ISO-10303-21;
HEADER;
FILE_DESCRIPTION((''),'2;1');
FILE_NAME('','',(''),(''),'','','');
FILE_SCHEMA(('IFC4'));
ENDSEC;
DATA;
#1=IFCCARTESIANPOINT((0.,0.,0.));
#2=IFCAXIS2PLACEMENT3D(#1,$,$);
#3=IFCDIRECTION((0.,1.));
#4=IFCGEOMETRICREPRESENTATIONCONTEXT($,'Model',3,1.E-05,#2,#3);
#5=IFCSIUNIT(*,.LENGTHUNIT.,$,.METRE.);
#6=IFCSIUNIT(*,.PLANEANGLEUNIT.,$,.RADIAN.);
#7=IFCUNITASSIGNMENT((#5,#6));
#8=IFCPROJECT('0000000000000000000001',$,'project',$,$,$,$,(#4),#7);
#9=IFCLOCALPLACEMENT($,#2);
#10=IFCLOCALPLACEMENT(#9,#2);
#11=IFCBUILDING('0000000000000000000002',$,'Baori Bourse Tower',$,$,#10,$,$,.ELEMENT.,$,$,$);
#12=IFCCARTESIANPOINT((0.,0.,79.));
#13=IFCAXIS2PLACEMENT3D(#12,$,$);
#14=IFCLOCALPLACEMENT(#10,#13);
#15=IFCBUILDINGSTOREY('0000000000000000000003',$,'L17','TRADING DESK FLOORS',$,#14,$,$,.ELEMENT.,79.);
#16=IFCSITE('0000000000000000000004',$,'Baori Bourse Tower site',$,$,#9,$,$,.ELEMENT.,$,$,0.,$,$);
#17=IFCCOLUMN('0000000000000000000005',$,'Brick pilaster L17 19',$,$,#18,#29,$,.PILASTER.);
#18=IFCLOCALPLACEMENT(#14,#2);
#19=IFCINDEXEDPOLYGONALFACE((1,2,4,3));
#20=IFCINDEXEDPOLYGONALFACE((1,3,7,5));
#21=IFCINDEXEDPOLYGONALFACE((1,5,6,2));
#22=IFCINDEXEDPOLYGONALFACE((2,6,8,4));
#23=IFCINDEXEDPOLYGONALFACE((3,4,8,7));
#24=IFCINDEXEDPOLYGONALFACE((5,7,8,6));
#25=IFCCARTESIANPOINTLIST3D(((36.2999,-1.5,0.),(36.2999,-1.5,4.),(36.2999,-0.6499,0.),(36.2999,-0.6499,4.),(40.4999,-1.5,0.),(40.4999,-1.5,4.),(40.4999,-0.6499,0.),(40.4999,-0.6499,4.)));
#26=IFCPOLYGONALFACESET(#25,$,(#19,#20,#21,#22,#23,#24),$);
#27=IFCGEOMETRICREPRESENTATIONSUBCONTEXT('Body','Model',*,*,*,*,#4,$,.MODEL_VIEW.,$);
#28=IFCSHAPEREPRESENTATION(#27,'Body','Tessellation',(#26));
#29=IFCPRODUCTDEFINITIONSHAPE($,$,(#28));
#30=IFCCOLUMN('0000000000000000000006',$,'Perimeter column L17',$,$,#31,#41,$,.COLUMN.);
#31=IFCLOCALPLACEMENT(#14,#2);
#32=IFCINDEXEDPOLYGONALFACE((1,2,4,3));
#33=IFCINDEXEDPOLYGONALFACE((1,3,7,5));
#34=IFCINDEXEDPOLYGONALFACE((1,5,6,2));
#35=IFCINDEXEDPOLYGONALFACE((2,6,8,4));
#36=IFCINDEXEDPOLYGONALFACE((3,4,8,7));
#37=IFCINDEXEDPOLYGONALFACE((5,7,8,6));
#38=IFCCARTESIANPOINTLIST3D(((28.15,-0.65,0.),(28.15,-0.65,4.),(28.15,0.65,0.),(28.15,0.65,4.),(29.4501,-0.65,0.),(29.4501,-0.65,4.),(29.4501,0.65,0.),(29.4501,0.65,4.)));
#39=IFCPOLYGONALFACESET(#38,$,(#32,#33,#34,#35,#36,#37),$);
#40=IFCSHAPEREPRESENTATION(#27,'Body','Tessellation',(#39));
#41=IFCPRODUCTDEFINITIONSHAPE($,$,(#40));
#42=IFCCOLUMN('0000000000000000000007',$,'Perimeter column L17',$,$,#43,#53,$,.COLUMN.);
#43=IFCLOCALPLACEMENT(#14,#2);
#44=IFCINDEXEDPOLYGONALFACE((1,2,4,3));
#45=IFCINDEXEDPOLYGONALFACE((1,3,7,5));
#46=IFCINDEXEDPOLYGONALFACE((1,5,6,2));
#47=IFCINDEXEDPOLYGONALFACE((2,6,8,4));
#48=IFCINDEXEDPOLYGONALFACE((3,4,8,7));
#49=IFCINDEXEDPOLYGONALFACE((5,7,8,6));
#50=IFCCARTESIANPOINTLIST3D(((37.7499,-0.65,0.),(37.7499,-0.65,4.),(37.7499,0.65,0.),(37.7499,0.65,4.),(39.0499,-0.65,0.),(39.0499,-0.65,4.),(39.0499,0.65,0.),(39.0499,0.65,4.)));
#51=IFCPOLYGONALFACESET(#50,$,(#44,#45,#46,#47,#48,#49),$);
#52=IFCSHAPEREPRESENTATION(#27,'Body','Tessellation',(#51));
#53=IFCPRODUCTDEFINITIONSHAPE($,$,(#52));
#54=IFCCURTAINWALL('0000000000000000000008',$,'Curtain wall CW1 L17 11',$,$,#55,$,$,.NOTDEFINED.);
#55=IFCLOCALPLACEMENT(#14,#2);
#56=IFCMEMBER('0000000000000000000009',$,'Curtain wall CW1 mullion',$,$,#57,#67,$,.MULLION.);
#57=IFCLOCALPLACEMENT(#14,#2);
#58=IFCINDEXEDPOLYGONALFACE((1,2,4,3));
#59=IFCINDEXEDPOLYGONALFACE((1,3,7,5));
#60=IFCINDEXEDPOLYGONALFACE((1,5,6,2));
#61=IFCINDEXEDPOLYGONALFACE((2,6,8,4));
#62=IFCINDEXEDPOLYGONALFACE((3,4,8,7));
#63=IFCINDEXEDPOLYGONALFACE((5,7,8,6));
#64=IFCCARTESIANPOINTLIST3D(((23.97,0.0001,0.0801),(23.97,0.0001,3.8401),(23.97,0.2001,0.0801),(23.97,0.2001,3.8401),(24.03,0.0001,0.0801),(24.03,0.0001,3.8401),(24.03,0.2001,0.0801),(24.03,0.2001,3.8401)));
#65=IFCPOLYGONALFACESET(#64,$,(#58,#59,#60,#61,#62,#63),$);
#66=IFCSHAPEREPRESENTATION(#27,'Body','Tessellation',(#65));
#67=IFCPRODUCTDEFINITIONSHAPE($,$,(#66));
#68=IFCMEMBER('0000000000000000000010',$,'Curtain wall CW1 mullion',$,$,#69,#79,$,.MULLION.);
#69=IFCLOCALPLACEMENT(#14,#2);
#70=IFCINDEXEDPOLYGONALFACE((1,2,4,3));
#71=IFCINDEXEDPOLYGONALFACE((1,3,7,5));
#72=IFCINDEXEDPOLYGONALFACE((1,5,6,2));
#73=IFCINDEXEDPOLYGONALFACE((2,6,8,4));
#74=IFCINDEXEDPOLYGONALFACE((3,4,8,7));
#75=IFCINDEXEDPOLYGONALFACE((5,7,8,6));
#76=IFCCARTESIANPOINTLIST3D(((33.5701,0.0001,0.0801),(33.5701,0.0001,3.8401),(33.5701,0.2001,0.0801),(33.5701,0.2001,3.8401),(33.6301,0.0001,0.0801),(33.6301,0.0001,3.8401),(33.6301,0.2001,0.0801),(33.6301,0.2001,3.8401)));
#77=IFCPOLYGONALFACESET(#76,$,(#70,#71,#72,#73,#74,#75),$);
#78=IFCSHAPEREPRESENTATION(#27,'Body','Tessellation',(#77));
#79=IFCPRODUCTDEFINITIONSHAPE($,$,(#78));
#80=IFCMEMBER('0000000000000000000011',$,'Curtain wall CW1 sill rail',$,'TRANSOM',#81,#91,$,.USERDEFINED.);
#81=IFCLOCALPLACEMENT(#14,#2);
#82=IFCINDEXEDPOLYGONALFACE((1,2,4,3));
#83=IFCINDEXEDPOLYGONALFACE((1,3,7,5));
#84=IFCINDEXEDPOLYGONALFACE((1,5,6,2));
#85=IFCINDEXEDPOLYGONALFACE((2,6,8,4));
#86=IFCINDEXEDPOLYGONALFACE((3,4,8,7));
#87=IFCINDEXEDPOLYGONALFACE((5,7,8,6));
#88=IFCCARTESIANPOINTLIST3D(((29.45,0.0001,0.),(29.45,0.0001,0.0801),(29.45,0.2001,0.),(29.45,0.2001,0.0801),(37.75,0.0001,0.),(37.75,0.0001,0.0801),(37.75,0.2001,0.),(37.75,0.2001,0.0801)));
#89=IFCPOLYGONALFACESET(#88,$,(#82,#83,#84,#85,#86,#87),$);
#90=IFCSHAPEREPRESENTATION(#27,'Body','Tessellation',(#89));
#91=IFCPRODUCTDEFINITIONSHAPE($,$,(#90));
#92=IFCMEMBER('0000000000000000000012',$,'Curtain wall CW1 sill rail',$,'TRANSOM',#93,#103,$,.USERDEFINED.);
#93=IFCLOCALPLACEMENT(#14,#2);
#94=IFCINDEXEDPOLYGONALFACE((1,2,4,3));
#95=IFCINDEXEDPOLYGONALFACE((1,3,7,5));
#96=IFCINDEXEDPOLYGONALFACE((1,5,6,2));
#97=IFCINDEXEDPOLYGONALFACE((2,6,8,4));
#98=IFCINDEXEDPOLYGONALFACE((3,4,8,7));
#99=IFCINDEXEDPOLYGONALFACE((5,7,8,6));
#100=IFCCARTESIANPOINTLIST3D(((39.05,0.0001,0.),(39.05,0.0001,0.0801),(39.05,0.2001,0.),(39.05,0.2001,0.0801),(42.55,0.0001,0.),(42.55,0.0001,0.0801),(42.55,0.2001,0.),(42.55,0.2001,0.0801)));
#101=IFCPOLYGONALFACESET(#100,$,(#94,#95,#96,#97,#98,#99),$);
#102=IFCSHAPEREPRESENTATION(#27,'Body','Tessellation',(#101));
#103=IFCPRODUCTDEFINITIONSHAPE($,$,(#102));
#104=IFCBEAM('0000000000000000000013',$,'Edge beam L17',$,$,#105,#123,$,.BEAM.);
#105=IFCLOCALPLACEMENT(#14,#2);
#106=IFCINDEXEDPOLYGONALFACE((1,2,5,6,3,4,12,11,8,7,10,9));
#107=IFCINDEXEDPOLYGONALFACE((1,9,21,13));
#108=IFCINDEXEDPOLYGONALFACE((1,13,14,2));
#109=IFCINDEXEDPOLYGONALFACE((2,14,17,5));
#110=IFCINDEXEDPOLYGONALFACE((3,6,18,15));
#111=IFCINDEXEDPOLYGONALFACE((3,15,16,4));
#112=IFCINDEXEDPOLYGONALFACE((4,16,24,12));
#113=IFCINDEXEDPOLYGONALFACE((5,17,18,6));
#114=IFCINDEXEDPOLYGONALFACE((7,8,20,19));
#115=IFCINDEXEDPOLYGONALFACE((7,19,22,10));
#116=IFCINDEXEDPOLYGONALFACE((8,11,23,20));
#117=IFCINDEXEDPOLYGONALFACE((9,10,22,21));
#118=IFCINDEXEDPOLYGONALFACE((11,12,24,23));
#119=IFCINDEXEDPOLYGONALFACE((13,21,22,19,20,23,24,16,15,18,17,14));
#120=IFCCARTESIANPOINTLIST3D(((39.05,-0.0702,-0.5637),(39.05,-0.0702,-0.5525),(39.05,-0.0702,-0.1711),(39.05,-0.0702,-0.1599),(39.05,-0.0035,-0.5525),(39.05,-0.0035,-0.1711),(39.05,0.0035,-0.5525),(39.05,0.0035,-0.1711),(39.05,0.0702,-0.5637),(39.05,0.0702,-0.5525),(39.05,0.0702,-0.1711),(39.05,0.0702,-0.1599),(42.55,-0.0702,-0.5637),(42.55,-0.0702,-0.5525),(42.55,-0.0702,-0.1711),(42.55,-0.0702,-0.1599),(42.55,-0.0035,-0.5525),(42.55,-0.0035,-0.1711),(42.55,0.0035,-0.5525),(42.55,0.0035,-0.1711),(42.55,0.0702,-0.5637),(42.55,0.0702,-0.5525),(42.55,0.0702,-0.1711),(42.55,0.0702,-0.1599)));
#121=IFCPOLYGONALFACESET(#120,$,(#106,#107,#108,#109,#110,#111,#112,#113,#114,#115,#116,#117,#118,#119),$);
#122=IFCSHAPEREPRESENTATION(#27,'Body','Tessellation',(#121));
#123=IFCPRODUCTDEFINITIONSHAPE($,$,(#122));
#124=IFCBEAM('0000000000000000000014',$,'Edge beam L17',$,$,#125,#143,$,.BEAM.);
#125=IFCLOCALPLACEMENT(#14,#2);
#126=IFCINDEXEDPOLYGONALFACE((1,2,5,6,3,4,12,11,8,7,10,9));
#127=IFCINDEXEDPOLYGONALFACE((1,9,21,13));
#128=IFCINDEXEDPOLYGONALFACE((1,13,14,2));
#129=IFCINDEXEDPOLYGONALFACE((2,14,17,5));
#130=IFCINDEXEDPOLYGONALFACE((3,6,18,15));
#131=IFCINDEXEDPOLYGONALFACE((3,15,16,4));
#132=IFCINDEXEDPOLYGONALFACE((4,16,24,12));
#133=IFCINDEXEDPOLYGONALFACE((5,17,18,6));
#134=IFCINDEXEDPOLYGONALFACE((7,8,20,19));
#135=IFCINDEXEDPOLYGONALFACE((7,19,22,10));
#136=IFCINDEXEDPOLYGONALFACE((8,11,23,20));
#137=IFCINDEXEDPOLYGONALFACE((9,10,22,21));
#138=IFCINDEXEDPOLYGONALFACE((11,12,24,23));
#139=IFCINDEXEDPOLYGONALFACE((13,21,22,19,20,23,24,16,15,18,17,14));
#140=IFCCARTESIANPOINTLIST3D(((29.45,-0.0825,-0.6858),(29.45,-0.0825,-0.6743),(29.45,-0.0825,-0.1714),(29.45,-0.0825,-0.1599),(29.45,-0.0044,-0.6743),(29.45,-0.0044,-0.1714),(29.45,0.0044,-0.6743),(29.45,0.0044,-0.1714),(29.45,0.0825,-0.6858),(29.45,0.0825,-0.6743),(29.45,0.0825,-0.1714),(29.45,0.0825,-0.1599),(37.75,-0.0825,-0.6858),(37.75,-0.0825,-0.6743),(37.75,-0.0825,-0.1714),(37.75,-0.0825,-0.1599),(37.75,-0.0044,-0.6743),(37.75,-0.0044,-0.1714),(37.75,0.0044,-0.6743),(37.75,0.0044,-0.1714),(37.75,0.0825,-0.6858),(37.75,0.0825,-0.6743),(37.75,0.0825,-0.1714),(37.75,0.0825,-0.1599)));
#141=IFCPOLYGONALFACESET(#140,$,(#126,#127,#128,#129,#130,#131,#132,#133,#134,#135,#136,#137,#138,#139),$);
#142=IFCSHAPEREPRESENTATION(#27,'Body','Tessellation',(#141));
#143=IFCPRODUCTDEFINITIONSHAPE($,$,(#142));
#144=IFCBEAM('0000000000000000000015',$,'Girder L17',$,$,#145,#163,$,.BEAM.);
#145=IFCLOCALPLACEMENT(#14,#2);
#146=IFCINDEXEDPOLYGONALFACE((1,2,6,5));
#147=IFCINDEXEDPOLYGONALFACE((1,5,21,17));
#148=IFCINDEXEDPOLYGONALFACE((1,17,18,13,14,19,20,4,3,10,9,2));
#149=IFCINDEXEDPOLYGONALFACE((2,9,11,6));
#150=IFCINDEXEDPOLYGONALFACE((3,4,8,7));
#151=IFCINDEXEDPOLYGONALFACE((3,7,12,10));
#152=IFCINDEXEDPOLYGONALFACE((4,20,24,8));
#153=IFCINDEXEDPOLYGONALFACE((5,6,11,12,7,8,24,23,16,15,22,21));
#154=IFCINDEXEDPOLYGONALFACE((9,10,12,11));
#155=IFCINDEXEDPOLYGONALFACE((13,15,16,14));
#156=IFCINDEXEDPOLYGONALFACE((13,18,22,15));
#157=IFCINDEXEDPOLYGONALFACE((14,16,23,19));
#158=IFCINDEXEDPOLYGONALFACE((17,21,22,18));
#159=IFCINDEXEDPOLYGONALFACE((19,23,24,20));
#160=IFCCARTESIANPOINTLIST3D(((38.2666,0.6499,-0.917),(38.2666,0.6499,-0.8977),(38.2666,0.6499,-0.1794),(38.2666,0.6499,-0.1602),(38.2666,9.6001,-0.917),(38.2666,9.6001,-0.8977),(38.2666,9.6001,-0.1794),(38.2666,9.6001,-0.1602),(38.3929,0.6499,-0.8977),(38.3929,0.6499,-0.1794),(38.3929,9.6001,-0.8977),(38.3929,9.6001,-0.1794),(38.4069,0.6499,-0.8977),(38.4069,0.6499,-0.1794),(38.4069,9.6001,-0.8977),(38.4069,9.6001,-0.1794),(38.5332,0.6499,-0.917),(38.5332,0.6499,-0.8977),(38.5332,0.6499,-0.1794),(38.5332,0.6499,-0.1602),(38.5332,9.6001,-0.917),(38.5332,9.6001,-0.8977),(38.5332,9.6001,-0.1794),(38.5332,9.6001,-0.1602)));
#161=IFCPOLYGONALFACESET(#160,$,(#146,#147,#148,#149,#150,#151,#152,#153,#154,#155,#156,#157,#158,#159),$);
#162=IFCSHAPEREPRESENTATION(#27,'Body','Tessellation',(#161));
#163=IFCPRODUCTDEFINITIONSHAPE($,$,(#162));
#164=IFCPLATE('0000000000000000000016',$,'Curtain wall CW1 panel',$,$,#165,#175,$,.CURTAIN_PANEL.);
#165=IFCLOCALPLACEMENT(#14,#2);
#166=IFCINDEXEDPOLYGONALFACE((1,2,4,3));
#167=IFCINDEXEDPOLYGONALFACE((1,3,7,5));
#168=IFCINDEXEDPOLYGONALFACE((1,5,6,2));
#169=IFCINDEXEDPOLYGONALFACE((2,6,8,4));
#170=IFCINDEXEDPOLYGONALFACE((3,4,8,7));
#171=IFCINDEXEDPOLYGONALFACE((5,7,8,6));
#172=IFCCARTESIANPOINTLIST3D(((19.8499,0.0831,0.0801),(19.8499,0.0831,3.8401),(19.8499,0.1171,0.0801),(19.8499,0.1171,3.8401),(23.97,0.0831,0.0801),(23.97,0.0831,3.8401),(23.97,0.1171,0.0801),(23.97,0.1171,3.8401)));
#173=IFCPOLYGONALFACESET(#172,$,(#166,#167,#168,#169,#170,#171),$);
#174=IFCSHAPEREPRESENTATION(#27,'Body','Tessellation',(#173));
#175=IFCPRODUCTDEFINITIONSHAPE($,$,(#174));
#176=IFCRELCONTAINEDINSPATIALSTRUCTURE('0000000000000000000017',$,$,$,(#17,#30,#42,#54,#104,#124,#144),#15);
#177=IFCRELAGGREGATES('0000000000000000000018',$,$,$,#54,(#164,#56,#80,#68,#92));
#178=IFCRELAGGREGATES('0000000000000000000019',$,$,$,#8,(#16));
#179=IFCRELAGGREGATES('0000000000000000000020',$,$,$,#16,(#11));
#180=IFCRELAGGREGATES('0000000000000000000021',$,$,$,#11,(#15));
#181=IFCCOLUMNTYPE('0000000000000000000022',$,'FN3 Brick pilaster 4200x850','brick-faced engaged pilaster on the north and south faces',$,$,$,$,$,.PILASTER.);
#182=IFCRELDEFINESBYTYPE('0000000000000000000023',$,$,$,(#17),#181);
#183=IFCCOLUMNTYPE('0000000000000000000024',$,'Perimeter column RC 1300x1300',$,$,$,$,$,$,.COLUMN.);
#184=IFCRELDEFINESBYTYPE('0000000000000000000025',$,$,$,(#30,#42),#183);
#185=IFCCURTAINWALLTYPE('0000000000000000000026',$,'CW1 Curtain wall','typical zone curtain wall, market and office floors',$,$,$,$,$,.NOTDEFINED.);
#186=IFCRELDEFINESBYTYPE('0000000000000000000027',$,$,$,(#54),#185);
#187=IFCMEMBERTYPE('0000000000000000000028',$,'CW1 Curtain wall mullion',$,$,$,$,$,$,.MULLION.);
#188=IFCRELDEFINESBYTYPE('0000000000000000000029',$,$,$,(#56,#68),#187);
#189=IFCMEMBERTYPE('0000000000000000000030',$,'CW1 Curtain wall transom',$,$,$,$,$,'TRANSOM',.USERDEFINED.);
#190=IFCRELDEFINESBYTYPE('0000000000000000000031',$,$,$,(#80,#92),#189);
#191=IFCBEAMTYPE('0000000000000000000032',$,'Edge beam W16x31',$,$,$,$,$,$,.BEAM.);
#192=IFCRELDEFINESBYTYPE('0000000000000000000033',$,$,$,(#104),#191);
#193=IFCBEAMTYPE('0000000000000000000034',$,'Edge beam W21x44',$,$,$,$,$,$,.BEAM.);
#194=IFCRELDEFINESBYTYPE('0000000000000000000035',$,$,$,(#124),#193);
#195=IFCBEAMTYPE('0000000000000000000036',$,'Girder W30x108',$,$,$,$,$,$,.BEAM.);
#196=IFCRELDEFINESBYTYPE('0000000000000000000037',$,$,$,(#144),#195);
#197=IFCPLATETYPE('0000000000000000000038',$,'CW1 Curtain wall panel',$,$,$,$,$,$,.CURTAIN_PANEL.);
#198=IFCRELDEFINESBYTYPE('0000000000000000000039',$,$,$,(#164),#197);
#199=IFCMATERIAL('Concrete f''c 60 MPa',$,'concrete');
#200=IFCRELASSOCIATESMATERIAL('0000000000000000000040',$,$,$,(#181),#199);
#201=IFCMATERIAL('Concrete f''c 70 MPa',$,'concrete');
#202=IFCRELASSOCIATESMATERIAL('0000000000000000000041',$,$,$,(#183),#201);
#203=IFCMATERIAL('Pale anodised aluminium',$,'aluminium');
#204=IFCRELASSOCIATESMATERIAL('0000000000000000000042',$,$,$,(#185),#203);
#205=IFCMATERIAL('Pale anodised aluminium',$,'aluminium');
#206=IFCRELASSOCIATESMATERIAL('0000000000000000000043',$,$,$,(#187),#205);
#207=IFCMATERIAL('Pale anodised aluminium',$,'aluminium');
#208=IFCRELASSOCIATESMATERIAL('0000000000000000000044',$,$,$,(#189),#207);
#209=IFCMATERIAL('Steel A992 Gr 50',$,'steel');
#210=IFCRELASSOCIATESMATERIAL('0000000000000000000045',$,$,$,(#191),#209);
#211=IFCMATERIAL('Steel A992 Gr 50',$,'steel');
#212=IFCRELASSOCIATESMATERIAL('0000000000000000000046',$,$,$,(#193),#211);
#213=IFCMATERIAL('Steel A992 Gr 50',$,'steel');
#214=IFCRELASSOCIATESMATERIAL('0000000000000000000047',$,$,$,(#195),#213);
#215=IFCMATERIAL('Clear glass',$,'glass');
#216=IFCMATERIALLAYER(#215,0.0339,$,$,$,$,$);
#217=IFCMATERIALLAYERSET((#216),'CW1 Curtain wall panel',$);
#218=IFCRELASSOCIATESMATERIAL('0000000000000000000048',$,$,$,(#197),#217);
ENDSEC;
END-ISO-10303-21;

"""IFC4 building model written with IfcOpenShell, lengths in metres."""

from ifc_helpers import new_model, si_unit, direction, frame, origin, origin_2d, place, context, subcontext, project, spatial, rectangle, i_section, extrude, material, layer, layer_set, material_profile, profile_set, type_object, element, aggregate, save


model = new_model("IFC4")

# Units and contexts
model_context = context("Model", 3, precision=1e-05, world=origin(), true_north=direction((0.0, 1.0)))
body_context = subcontext(model_context, "Body", "Model", "MODEL_VIEW")
ifc_project = project(units=[si_unit("LENGTHUNIT", "METRE"), si_unit("PLANEANGLEUNIT", "RADIAN")], contexts=[model_context])

# Site, building, storey
site_placement = place(None, origin())
site = spatial("IfcSite", under=ifc_project, at=site_placement, Name="Baori Bourse Tower site", CompositionType="ELEMENT", RefElevation=0.0)
building_placement = place(site_placement, origin())
building = spatial("IfcBuilding", under=site, at=building_placement, Name="Baori Bourse Tower", CompositionType="ELEMENT")
storey_placement = place(building_placement, frame((0.0, 0.0, 79.0)))
storey = spatial("IfcBuildingStorey", under=building, at=storey_placement, Name="L17", Description="TRADING DESK FLOORS", CompositionType="ELEMENT", Elevation=79.0)

# Columns
ifc_material_1 = material(Name="Concrete f'c 60 MPa", Category="concrete")
ifc_material_profile_1 = material_profile(ifc_material_1, rectangle(XDim=4.2, YDim=0.8501, at=origin_2d()), Name="RC 4200x850")
ifc_profile_set_1 = profile_set([ifc_material_profile_1], Name="Concrete f'c 60 MPa")
column_type_1 = type_object("IfcColumnType", Name="FN3 Brick pilaster 4200x850", Description="brick-faced engaged pilaster on the north and south faces", PredefinedType="PILASTER", material=ifc_profile_set_1)
column_placement = place(storey_placement, frame((38.3999, -1.075, 0.0), z_axis=(0.0, 0.0, 1.0), x_axis=(1.0, 0.0, 0.0)))
element("IfcColumn", 1, at=column_placement, inside=storey, type_object=column_type_1, Name="Brick pilaster L17 19", PredefinedType="PILASTER", context=body_context, shape_type="SweptSolid", body=[
    extrude(rectangle(XDim=4.2, YDim=0.8501, at=origin_2d()), origin(), (0.0, 0.0, 1.0), 4.0),
])
ifc_material_2 = material(Name="Concrete f'c 70 MPa", Category="concrete")
ifc_material_profile_2 = material_profile(ifc_material_2, rectangle(XDim=1.3, YDim=1.3, at=origin_2d()), Name="RC 1300x1300")
ifc_profile_set_2 = profile_set([ifc_material_profile_2], Name="Concrete f'c 70 MPa")
column_type_2 = type_object("IfcColumnType", Name="Perimeter column RC 1300x1300", PredefinedType="COLUMN", material=ifc_profile_set_2)
for number, where, z_axis, x_axis, name in (
    (2, (28.8, 0.0, 0.0), (0.0, 0.0, 1.0), (1.0, 0.0, 0.0), "Perimeter column L17"),
    (3, (38.3999, 0.0, 0.0), (0.0, 0.0, 1.0), (1.0, 0.0, 0.0), "Perimeter column L17"),
):
    element("IfcColumn", number, at=place(storey_placement, frame(where, z_axis=z_axis, x_axis=x_axis)), inside=storey, type_object=column_type_2, Name=name, PredefinedType="COLUMN", context=body_context, shape_type="SweptSolid", body=[
        extrude(rectangle(XDim=1.3, YDim=1.3, at=origin_2d()), origin(), (0.0, 0.0, 1.0), 4.0),
    ])

# Curtain wall, members
ifc_material_3 = material(Name="Pale anodised aluminium", Category="aluminium")
curtain_wall_type = type_object("IfcCurtainWallType", Name="CW1 Curtain wall", Description="typical zone curtain wall, market and office floors", PredefinedType="NOTDEFINED", material=ifc_material_3)
curtain_wall_placement = place(storey_placement, origin())
curtain_wall = element("IfcCurtainWall", 4, at=curtain_wall_placement, inside=storey, type_object=curtain_wall_type, Name="Curtain wall CW1 L17 11", PredefinedType="NOTDEFINED")
ifc_material_4 = material(Name="Pale anodised aluminium", Category="aluminium")
ifc_material_profile_3 = material_profile(ifc_material_4, rectangle(XDim=0.2, YDim=0.0601, at=origin_2d()), Name="Mullion 60x200")
ifc_profile_set_3 = profile_set([ifc_material_profile_3], Name="Pale anodised aluminium")
member_type_1 = type_object("IfcMemberType", Name="CW1 Curtain wall mullion", PredefinedType="MULLION", material=ifc_profile_set_3)
member_1_placement = place(storey_placement, frame((24.0, 0.1001, 0.0801), z_axis=(0.0, 0.0, 1.0), x_axis=(0.0, 1.0, 0.0)))
member_1 = element("IfcMember", 5, at=member_1_placement, type_object=member_type_1, Name="Curtain wall CW1 mullion", PredefinedType="MULLION", context=body_context, shape_type="SweptSolid", body=[
    extrude(rectangle(XDim=0.2, YDim=0.0601, at=origin_2d()), origin(), (0.0, 0.0, 1.0), 3.76),
])
member_2_placement = place(storey_placement, frame((33.6001, 0.1001, 0.0801), z_axis=(0.0, 0.0, 1.0), x_axis=(0.0, 1.0, 0.0)))
member_2 = element("IfcMember", 6, at=member_2_placement, type_object=member_type_1, Name="Curtain wall CW1 mullion", PredefinedType="MULLION", context=body_context, shape_type="SweptSolid", body=[
    extrude(rectangle(XDim=0.2, YDim=0.0601, at=origin_2d()), origin(), (0.0, 0.0, 1.0), 3.76),
])
ifc_material_5 = material(Name="Pale anodised aluminium", Category="aluminium")
ifc_material_profile_4 = material_profile(ifc_material_5, rectangle(XDim=0.2, YDim=0.0801, at=origin_2d()), Name="Transom 80x200")
ifc_profile_set_4 = profile_set([ifc_material_profile_4], Name="Pale anodised aluminium")
member_type_2 = type_object("IfcMemberType", Name="CW1 Curtain wall transom", ElementType="TRANSOM", PredefinedType="USERDEFINED", material=ifc_profile_set_4)
member_3_placement = place(storey_placement, frame((29.45, 0.1001, 0.04), z_axis=(1.0, 0.0, 0.0), x_axis=(0.0, 1.0, 0.0)))
member_3 = element("IfcMember", 7, at=member_3_placement, type_object=member_type_2, Name="Curtain wall CW1 sill rail", ObjectType="TRANSOM", PredefinedType="USERDEFINED", context=body_context, shape_type="SweptSolid", body=[
    extrude(rectangle(XDim=0.2, YDim=0.0801, at=origin_2d()), origin(), (0.0, 0.0, 1.0), 8.3),
])
member_4_placement = place(storey_placement, frame((39.05, 0.1001, 0.04), z_axis=(1.0, 0.0, 0.0), x_axis=(0.0, 1.0, 0.0)))
member_4 = element("IfcMember", 8, at=member_4_placement, type_object=member_type_2, Name="Curtain wall CW1 sill rail", ObjectType="TRANSOM", PredefinedType="USERDEFINED", context=body_context, shape_type="SweptSolid", body=[
    extrude(rectangle(XDim=0.2, YDim=0.0801, at=origin_2d()), origin(), (0.0, 0.0, 1.0), 3.5),
])

# Beams
ifc_material_6 = material(Name="Steel A992 Gr 50", Category="steel")
ifc_material_profile_5 = material_profile(ifc_material_6, i_section(OverallWidth=0.1404, OverallDepth=0.4038, WebThickness=0.0071, FlangeThickness=0.0112, at=origin_2d()), Name="W16x31")
ifc_profile_set_5 = profile_set([ifc_material_profile_5], Name="Steel A992 Gr 50")
beam_type_1 = type_object("IfcBeamType", Name="Edge beam W16x31", PredefinedType="BEAM", material=ifc_profile_set_5)
beam_1_placement = place(storey_placement, frame((39.05, 0.0, -0.3618), z_axis=(1.0, 0.0, 0.0), x_axis=(0.0, 1.0, 0.0)))
element("IfcBeam", 9, at=beam_1_placement, inside=storey, type_object=beam_type_1, Name="Edge beam L17", PredefinedType="BEAM", context=body_context, shape_type="SweptSolid", body=[
    extrude(i_section(OverallWidth=0.1404, OverallDepth=0.4038, WebThickness=0.0071, FlangeThickness=0.0112, at=origin_2d()), origin(), (0.0, 0.0, 1.0), 3.5),
])
ifc_material_7 = material(Name="Steel A992 Gr 50", Category="steel")
ifc_material_profile_6 = material_profile(ifc_material_7, i_section(OverallWidth=0.165, OverallDepth=0.5259, WebThickness=0.0088, FlangeThickness=0.0115, at=origin_2d()), Name="W21x44")
ifc_profile_set_6 = profile_set([ifc_material_profile_6], Name="Steel A992 Gr 50")
beam_type_2 = type_object("IfcBeamType", Name="Edge beam W21x44", PredefinedType="BEAM", material=ifc_profile_set_6)
beam_2_placement = place(storey_placement, frame((29.45, 0.0, -0.4229), z_axis=(1.0, 0.0, 0.0), x_axis=(0.0, 1.0, 0.0)))
element("IfcBeam", 10, at=beam_2_placement, inside=storey, type_object=beam_type_2, Name="Edge beam L17", PredefinedType="BEAM", context=body_context, shape_type="SweptSolid", body=[
    extrude(i_section(OverallWidth=0.165, OverallDepth=0.5259, WebThickness=0.0088, FlangeThickness=0.0115, at=origin_2d()), origin(), (0.0, 0.0, 1.0), 8.3),
])
ifc_material_8 = material(Name="Steel A992 Gr 50", Category="steel")
ifc_material_profile_7 = material_profile(ifc_material_8, i_section(OverallWidth=0.2666, OverallDepth=0.7568, WebThickness=0.0139, FlangeThickness=0.0193, at=origin_2d()), Name="W30x108")
ifc_profile_set_7 = profile_set([ifc_material_profile_7], Name="Steel A992 Gr 50")
beam_type_3 = type_object("IfcBeamType", Name="Girder W30x108", PredefinedType="BEAM", material=ifc_profile_set_7)
beam_3_placement = place(storey_placement, frame((38.3999, 0.6499, -0.5386), z_axis=(0.0, 1.0, 0.0), x_axis=(-1.0, 0.0, 0.0)))
element("IfcBeam", 11, at=beam_3_placement, inside=storey, type_object=beam_type_3, Name="Girder L17", PredefinedType="BEAM", context=body_context, shape_type="SweptSolid", body=[
    extrude(i_section(OverallWidth=0.2666, OverallDepth=0.7568, WebThickness=0.0139, FlangeThickness=0.0193, at=origin_2d()), origin(), (0.0, 0.0, 1.0), 8.9502),
])

# Plate
ifc_material_9 = material(Name="Clear glass", Category="glass")
ifc_layer = layer(ifc_material_9, 0.0339)
ifc_layer_set = layer_set([ifc_layer], Name="CW1 Curtain wall panel")
plate_type = type_object("IfcPlateType", Name="CW1 Curtain wall panel", PredefinedType="CURTAIN_PANEL", material=ifc_layer_set)
plate_1_placement = place(storey_placement, frame((21.9099, 0.1001, 0.0801), z_axis=(0.0, 0.0, 1.0), x_axis=(1.0, 0.0, 0.0)))
plate_1 = element("IfcPlate", 12, at=plate_1_placement, type_object=plate_type, Name="Curtain wall CW1 panel", PredefinedType="CURTAIN_PANEL", context=body_context, shape_type="SweptSolid", body=[
    extrude(rectangle(XDim=4.1201, YDim=0.0339, at=origin_2d()), origin(), (0.0, 0.0, 1.0), 3.76),
])
aggregate(curtain_wall, [plate_1, member_1, member_3, member_2, member_4])

save(model, "model.ifc")
